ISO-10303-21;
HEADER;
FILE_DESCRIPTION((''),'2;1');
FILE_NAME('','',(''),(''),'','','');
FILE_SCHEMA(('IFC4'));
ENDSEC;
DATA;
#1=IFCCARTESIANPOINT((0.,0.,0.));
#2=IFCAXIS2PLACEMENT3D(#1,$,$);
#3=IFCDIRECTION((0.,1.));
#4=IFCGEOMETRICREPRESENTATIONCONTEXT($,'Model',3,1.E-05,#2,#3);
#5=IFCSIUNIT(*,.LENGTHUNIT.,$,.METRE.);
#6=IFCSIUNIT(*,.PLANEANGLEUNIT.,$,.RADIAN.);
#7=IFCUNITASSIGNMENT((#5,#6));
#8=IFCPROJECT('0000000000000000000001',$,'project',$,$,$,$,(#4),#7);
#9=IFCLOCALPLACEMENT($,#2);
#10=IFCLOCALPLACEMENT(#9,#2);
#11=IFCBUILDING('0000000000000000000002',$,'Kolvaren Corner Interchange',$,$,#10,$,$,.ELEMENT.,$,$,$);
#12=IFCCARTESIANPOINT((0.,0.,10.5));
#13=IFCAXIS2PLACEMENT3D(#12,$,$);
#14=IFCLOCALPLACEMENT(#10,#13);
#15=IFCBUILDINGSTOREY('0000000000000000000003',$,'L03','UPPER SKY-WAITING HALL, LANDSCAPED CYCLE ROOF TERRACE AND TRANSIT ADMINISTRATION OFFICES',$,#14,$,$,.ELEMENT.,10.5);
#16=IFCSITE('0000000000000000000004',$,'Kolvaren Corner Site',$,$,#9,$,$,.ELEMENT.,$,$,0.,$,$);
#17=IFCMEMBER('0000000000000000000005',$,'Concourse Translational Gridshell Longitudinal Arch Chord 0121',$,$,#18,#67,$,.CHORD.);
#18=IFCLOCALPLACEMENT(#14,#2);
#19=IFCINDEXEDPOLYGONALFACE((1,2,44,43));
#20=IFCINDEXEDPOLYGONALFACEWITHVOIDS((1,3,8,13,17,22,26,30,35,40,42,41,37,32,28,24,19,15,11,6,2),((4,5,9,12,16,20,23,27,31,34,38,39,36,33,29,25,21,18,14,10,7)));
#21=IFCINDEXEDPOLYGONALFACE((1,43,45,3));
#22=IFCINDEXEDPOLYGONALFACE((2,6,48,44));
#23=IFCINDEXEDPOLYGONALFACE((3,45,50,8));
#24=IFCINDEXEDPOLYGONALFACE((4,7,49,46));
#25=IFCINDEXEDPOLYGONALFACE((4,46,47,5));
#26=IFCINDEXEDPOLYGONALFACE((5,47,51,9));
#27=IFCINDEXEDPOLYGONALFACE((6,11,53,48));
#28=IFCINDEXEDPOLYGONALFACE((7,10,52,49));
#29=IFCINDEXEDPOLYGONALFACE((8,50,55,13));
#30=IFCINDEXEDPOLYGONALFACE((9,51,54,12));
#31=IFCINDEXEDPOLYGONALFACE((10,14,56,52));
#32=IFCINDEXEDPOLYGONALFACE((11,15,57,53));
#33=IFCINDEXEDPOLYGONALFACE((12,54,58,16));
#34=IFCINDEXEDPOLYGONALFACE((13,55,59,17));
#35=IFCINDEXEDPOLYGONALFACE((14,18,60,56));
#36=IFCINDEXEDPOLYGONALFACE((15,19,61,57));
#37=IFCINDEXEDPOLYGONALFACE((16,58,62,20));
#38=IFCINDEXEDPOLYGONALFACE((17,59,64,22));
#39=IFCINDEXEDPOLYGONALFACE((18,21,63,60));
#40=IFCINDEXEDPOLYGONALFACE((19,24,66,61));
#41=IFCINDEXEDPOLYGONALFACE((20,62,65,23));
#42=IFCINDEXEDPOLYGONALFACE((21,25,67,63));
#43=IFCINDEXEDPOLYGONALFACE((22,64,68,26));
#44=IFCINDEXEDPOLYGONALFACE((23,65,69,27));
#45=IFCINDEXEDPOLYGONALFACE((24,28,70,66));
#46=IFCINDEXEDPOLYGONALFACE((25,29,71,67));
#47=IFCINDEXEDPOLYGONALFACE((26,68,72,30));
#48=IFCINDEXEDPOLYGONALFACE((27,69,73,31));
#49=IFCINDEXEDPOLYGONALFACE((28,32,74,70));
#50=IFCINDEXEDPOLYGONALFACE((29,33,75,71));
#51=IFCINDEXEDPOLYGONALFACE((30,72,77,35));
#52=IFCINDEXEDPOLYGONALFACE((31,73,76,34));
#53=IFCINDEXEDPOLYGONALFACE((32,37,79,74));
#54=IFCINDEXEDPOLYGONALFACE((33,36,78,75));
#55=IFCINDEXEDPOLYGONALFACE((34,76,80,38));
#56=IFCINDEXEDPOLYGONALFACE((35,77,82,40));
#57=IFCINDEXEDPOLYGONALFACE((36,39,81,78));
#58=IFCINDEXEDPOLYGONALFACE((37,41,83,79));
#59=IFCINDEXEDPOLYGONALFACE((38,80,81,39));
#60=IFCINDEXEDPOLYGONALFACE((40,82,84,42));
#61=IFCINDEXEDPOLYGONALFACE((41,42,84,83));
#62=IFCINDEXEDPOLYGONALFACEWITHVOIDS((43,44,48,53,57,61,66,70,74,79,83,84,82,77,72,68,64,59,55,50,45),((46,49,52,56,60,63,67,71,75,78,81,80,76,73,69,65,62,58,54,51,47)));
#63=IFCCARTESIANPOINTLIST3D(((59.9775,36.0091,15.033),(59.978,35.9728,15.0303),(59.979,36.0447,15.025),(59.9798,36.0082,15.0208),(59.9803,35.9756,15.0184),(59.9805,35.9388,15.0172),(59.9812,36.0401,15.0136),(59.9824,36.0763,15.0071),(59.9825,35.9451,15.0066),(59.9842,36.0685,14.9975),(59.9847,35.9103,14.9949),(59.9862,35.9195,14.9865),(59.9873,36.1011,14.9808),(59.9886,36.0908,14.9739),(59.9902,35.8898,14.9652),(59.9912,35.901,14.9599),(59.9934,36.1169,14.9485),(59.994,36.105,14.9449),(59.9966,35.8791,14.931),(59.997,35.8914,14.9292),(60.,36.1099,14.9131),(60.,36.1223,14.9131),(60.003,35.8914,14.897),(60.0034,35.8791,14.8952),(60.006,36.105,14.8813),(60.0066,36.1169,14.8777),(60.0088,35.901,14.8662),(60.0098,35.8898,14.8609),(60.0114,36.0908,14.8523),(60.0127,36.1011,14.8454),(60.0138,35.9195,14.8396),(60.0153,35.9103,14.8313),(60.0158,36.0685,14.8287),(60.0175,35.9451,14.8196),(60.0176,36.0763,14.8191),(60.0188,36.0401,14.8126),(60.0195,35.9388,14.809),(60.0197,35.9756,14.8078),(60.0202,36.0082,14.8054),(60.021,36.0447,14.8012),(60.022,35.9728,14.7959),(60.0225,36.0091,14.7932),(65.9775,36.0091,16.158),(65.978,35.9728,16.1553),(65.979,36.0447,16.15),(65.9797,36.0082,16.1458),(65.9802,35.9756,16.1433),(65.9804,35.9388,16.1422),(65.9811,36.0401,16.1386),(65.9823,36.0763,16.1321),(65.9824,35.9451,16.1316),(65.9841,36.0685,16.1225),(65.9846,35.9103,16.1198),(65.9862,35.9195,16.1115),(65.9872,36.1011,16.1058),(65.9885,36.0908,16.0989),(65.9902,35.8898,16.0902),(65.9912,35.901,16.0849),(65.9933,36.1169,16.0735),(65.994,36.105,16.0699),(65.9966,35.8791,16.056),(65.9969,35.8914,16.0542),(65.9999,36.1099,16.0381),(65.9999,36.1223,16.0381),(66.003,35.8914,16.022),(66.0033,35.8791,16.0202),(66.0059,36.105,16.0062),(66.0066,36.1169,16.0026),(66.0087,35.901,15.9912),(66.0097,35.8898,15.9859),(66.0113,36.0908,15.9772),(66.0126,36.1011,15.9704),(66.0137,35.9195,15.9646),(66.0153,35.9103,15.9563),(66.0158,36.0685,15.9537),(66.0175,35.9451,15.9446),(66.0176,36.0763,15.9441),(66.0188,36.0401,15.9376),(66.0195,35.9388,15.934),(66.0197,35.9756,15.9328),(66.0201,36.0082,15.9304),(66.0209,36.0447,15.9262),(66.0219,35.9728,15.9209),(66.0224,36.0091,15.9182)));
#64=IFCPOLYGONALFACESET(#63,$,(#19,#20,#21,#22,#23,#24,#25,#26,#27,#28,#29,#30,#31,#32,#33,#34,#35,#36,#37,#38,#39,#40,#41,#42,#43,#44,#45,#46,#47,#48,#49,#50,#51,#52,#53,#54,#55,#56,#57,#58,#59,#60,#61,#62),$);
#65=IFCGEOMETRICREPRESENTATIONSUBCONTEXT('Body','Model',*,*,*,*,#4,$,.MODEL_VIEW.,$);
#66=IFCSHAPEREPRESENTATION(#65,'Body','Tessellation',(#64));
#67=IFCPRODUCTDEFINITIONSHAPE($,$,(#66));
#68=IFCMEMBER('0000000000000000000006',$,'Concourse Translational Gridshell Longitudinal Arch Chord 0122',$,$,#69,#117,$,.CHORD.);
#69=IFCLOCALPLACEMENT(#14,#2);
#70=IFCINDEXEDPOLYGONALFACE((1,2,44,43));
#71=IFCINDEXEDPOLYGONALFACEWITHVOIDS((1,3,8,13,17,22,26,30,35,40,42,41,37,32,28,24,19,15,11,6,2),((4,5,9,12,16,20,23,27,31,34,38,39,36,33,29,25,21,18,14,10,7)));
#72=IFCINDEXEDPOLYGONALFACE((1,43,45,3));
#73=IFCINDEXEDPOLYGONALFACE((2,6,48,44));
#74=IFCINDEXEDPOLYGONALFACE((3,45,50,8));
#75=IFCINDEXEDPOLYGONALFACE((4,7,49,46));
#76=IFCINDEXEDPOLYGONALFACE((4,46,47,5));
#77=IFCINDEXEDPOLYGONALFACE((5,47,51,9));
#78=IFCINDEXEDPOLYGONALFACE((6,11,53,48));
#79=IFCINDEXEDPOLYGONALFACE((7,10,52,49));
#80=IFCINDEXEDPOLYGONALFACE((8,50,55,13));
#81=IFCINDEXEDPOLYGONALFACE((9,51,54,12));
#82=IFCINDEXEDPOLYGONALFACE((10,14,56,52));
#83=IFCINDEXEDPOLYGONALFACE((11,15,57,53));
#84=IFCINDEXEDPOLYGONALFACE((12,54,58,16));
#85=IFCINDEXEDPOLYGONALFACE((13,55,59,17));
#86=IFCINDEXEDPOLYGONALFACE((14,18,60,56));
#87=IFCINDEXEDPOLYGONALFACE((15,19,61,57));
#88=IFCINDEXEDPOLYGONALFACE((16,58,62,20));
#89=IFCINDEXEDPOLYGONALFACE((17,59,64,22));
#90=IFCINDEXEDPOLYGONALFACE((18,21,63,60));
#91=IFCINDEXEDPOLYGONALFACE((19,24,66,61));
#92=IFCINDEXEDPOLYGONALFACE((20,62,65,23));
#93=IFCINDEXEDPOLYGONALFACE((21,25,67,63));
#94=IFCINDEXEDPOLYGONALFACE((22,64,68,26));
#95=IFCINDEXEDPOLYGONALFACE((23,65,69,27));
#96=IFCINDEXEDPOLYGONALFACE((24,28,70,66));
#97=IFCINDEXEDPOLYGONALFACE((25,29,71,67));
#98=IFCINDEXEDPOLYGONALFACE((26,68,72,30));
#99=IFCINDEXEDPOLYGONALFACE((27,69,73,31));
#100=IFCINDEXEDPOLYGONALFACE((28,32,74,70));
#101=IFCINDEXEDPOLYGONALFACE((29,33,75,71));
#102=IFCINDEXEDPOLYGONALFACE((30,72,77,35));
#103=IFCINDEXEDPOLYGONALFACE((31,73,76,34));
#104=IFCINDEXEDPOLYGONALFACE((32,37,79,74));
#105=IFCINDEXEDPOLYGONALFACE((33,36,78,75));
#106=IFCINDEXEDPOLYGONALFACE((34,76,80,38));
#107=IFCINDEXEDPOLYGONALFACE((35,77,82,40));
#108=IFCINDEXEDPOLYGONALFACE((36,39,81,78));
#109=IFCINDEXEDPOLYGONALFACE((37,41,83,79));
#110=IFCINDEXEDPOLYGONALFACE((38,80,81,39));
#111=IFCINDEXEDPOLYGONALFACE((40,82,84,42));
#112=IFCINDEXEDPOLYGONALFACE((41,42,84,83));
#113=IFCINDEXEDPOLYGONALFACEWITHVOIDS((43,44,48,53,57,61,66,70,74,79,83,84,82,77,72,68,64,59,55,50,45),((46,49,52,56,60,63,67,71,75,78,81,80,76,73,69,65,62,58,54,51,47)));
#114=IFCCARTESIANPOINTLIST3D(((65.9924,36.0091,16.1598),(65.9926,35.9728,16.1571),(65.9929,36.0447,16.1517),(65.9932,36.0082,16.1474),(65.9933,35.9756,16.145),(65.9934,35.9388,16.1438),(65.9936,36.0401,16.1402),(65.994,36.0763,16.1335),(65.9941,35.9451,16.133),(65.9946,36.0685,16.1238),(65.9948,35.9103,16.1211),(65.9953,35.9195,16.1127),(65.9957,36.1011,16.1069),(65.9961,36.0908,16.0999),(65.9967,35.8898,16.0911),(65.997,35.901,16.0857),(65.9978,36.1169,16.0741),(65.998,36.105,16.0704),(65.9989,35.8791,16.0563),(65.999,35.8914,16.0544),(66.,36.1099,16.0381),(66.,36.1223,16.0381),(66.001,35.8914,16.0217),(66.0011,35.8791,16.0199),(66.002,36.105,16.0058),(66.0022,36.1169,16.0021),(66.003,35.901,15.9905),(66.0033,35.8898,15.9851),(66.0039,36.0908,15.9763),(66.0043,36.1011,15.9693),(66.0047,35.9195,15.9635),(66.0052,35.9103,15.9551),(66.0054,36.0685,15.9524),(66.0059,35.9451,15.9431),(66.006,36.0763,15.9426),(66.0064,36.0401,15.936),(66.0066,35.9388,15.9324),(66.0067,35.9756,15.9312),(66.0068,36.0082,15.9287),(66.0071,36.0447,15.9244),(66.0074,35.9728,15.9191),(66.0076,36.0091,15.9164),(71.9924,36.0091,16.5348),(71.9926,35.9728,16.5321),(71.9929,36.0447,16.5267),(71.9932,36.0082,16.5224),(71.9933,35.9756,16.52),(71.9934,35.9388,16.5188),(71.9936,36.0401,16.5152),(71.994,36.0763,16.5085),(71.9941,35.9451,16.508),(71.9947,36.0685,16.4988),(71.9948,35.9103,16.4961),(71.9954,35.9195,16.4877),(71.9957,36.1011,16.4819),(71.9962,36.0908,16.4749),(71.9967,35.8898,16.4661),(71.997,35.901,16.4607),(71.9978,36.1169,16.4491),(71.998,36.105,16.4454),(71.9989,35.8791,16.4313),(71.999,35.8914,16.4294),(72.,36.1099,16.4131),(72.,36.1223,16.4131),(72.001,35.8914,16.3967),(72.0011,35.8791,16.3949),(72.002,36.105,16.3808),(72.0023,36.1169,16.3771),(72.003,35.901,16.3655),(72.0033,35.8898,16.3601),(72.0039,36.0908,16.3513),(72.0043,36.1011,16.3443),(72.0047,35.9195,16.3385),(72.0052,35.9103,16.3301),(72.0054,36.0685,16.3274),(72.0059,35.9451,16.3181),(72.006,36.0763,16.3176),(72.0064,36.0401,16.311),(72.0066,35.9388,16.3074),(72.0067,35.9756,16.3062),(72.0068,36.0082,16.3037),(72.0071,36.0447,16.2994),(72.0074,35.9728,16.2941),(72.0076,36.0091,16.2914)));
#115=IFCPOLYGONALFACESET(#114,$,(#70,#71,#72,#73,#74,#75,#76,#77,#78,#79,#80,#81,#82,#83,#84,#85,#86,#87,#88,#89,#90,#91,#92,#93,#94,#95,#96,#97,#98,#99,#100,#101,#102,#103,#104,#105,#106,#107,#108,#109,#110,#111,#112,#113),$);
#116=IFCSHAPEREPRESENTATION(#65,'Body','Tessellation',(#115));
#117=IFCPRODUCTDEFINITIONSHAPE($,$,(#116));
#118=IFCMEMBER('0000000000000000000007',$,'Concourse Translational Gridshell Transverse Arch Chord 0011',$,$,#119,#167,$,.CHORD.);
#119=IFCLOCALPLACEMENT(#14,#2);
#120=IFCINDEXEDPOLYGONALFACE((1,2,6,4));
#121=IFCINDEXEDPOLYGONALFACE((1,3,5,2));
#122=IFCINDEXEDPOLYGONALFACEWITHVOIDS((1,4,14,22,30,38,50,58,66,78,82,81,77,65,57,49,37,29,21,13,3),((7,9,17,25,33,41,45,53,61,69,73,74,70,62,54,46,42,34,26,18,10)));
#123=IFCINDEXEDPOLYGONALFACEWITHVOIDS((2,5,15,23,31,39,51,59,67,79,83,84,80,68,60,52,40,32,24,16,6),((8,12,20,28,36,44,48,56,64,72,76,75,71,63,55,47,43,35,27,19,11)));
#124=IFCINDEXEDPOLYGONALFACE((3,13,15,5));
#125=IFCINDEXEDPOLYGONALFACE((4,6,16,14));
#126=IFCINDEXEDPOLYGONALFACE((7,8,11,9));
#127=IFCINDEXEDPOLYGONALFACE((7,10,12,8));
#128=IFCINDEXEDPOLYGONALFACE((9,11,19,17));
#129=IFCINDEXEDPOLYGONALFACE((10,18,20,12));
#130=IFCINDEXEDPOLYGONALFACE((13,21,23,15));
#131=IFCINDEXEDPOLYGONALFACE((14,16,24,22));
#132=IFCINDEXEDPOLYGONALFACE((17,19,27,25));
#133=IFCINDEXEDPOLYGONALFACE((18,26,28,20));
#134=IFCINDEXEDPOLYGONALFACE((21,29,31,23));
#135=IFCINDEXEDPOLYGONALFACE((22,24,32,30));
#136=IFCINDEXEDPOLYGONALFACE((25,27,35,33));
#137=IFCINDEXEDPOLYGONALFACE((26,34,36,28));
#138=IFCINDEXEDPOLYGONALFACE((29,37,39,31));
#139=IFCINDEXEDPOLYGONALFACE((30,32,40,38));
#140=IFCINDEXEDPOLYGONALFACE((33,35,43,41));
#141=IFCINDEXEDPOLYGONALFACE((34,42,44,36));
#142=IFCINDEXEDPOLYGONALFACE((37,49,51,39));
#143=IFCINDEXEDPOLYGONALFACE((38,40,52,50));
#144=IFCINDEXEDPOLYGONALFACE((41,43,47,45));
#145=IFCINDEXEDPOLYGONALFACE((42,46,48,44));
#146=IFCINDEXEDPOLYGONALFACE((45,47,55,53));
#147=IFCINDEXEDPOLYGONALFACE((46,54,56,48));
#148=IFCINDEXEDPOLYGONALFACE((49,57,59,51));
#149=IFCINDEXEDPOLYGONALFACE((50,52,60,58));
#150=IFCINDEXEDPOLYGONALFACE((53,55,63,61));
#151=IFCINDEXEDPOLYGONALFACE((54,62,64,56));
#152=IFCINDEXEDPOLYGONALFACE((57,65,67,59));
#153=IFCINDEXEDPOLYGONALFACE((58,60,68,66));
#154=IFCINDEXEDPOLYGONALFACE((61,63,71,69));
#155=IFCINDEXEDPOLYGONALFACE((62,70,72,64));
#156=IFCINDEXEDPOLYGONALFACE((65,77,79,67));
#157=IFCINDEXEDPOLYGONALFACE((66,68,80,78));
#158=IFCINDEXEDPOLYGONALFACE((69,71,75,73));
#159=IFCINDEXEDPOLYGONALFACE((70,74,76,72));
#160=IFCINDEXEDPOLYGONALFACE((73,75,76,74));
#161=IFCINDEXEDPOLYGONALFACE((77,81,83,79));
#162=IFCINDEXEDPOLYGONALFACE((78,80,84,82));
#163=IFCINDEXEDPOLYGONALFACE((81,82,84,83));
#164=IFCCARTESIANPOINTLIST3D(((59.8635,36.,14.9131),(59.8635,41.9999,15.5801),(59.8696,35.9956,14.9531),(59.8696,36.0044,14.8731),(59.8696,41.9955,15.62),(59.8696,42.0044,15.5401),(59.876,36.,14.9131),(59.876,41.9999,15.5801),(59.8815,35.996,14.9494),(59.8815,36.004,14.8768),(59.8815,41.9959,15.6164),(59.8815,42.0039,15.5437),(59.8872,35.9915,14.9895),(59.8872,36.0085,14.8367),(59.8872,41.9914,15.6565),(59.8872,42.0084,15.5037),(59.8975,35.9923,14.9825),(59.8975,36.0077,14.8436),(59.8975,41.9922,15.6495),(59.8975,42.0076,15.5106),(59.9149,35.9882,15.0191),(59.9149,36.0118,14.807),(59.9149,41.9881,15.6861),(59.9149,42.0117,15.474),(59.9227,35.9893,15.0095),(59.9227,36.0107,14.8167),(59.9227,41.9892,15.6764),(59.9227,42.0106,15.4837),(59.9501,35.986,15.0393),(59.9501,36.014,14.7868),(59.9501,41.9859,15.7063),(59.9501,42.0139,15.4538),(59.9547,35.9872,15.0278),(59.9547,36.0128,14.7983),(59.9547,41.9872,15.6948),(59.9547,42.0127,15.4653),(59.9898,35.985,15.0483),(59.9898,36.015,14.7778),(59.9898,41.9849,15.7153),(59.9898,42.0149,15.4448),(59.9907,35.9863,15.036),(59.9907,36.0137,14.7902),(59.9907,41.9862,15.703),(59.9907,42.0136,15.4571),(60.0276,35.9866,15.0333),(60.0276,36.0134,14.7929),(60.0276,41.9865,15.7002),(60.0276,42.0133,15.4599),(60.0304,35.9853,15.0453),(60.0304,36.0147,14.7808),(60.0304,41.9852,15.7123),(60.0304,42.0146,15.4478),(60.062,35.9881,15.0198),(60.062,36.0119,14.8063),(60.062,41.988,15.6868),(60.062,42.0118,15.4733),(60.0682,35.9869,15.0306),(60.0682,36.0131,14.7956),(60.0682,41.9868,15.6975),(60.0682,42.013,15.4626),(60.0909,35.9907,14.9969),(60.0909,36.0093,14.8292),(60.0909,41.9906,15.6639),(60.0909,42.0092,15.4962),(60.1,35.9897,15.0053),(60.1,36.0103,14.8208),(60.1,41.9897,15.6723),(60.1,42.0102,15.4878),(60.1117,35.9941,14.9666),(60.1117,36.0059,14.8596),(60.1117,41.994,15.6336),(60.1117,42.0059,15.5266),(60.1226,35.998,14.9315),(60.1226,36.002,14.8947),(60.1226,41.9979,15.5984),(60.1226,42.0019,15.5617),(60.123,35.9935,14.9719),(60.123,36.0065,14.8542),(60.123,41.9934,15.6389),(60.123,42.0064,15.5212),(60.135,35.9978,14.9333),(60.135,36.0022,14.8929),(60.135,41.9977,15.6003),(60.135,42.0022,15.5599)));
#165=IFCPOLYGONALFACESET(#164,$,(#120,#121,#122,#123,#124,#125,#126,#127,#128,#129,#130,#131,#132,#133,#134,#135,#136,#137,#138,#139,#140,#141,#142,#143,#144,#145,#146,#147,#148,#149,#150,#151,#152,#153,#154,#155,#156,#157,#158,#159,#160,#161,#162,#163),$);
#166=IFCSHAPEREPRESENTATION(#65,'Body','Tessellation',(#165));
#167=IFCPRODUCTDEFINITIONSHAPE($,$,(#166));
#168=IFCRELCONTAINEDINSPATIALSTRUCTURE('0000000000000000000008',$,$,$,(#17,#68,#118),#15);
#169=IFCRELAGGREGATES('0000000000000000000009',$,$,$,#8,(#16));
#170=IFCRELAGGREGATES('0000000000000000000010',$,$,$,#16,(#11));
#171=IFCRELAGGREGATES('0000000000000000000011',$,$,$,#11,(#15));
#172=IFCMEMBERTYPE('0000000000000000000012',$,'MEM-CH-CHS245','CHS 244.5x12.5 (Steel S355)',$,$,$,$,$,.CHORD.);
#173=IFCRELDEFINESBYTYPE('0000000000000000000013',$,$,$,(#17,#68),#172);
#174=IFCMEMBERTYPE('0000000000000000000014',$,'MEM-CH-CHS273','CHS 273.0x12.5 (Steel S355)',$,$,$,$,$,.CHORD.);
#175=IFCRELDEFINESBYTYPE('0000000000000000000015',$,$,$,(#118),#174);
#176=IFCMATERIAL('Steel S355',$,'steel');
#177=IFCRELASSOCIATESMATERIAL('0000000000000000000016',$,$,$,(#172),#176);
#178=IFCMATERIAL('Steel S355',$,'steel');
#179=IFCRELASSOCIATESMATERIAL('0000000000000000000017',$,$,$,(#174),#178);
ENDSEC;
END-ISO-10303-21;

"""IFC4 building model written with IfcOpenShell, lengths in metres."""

from ifc_helpers import new_model, si_unit, direction, frame, origin, origin_2d, place, context, subcontext, project, spatial, hollow_circle, extrude, material, material_profile, profile_set, type_object, element, save


model = new_model("IFC4")

# Units and contexts
model_context = context("Model", 3, precision=1e-05, world=origin(), true_north=direction((0.0, 1.0)))
body_context = subcontext(model_context, "Body", "Model", "MODEL_VIEW")
ifc_project = project(units=[si_unit("LENGTHUNIT", "METRE"), si_unit("PLANEANGLEUNIT", "RADIAN")], contexts=[model_context])

# Site, building, storey
site_placement = place(None, origin())
site = spatial("IfcSite", under=ifc_project, at=site_placement, Name="Kolvaren Corner Site", CompositionType="ELEMENT", RefElevation=0.0)
building_placement = place(site_placement, origin())
building = spatial("IfcBuilding", under=site, at=building_placement, Name="Kolvaren Corner Interchange", CompositionType="ELEMENT")
storey_placement = place(building_placement, frame((0.0, 0.0, 10.5)))
storey = spatial("IfcBuildingStorey", under=building, at=storey_placement, Name="L03", Description="UPPER SKY-WAITING HALL, LANDSCAPED CYCLE ROOF TERRACE AND TRANSIT ADMINISTRATION OFFICES", CompositionType="ELEMENT", Elevation=10.5)

# Members
ifc_material_1 = material(Name="Steel S355", Category="steel")
ifc_material_profile_1 = material_profile(ifc_material_1, hollow_circle(Radius=0.1223, WallThickness=0.0125, at=origin_2d()), Name="CHS 244.5x12.5")
ifc_profile_set_1 = profile_set([ifc_material_profile_1], Name="Steel S355")
member_type_1 = type_object("IfcMemberType", Name="MEM-CH-CHS245", Description="CHS 244.5x12.5 (Steel S355)", PredefinedType="CHORD", material=ifc_profile_set_1)
member_1_placement = place(storey_placement, frame((60.0, 36.0, 14.9131), z_axis=(0.982872, 0.0, 0.184289), x_axis=(0.0, 1.0, 0.0)))
element("IfcMember", 1, at=member_1_placement, inside=storey, type_object=member_type_1, Name="Concourse Translational Gridshell Longitudinal Arch Chord 0121", PredefinedType="CHORD", context=body_context, shape_type="SweptSolid", body=[
    extrude(hollow_circle(Radius=0.1223, WallThickness=0.0125, at=origin_2d()), origin(), (0.0, 0.0, 1.0), 6.1045),
])
member_2_placement = place(storey_placement, frame((66.0, 36.0, 16.0381), z_axis=(0.998053, 0.0, 0.062378), x_axis=(0.0, 1.0, 0.0)))
element("IfcMember", 2, at=member_2_placement, inside=storey, type_object=member_type_1, Name="Concourse Translational Gridshell Longitudinal Arch Chord 0122", PredefinedType="CHORD", context=body_context, shape_type="SweptSolid", body=[
    extrude(hollow_circle(Radius=0.1223, WallThickness=0.0125, at=origin_2d()), origin(), (0.0, 0.0, 1.0), 6.0117),
])
ifc_material_2 = material(Name="Steel S355", Category="steel")
ifc_material_profile_2 = material_profile(ifc_material_2, hollow_circle(Radius=0.1365, WallThickness=0.0125, at=origin_2d()), Name="CHS 273.0x12.5")
ifc_profile_set_2 = profile_set([ifc_material_profile_2], Name="Steel S355")
member_type_2 = type_object("IfcMemberType", Name="MEM-CH-CHS273", Description="CHS 273.0x12.5 (Steel S355)", PredefinedType="CHORD", material=ifc_profile_set_2)
member_3_placement = place(storey_placement, frame((60.0, 36.0, 14.9131), z_axis=(0.0, 0.993878, 0.110485), x_axis=(-1.0, 0.0, 0.0)))
element("IfcMember", 3, at=member_3_placement, inside=storey, type_object=member_type_2, Name="Concourse Translational Gridshell Transverse Arch Chord 0011", PredefinedType="CHORD", context=body_context, shape_type="SweptSolid", body=[
    extrude(hollow_circle(Radius=0.1365, WallThickness=0.0125, at=origin_2d()), origin(), (0.0, 0.0, 1.0), 6.0369),
])

save(model, "model.ifc")
